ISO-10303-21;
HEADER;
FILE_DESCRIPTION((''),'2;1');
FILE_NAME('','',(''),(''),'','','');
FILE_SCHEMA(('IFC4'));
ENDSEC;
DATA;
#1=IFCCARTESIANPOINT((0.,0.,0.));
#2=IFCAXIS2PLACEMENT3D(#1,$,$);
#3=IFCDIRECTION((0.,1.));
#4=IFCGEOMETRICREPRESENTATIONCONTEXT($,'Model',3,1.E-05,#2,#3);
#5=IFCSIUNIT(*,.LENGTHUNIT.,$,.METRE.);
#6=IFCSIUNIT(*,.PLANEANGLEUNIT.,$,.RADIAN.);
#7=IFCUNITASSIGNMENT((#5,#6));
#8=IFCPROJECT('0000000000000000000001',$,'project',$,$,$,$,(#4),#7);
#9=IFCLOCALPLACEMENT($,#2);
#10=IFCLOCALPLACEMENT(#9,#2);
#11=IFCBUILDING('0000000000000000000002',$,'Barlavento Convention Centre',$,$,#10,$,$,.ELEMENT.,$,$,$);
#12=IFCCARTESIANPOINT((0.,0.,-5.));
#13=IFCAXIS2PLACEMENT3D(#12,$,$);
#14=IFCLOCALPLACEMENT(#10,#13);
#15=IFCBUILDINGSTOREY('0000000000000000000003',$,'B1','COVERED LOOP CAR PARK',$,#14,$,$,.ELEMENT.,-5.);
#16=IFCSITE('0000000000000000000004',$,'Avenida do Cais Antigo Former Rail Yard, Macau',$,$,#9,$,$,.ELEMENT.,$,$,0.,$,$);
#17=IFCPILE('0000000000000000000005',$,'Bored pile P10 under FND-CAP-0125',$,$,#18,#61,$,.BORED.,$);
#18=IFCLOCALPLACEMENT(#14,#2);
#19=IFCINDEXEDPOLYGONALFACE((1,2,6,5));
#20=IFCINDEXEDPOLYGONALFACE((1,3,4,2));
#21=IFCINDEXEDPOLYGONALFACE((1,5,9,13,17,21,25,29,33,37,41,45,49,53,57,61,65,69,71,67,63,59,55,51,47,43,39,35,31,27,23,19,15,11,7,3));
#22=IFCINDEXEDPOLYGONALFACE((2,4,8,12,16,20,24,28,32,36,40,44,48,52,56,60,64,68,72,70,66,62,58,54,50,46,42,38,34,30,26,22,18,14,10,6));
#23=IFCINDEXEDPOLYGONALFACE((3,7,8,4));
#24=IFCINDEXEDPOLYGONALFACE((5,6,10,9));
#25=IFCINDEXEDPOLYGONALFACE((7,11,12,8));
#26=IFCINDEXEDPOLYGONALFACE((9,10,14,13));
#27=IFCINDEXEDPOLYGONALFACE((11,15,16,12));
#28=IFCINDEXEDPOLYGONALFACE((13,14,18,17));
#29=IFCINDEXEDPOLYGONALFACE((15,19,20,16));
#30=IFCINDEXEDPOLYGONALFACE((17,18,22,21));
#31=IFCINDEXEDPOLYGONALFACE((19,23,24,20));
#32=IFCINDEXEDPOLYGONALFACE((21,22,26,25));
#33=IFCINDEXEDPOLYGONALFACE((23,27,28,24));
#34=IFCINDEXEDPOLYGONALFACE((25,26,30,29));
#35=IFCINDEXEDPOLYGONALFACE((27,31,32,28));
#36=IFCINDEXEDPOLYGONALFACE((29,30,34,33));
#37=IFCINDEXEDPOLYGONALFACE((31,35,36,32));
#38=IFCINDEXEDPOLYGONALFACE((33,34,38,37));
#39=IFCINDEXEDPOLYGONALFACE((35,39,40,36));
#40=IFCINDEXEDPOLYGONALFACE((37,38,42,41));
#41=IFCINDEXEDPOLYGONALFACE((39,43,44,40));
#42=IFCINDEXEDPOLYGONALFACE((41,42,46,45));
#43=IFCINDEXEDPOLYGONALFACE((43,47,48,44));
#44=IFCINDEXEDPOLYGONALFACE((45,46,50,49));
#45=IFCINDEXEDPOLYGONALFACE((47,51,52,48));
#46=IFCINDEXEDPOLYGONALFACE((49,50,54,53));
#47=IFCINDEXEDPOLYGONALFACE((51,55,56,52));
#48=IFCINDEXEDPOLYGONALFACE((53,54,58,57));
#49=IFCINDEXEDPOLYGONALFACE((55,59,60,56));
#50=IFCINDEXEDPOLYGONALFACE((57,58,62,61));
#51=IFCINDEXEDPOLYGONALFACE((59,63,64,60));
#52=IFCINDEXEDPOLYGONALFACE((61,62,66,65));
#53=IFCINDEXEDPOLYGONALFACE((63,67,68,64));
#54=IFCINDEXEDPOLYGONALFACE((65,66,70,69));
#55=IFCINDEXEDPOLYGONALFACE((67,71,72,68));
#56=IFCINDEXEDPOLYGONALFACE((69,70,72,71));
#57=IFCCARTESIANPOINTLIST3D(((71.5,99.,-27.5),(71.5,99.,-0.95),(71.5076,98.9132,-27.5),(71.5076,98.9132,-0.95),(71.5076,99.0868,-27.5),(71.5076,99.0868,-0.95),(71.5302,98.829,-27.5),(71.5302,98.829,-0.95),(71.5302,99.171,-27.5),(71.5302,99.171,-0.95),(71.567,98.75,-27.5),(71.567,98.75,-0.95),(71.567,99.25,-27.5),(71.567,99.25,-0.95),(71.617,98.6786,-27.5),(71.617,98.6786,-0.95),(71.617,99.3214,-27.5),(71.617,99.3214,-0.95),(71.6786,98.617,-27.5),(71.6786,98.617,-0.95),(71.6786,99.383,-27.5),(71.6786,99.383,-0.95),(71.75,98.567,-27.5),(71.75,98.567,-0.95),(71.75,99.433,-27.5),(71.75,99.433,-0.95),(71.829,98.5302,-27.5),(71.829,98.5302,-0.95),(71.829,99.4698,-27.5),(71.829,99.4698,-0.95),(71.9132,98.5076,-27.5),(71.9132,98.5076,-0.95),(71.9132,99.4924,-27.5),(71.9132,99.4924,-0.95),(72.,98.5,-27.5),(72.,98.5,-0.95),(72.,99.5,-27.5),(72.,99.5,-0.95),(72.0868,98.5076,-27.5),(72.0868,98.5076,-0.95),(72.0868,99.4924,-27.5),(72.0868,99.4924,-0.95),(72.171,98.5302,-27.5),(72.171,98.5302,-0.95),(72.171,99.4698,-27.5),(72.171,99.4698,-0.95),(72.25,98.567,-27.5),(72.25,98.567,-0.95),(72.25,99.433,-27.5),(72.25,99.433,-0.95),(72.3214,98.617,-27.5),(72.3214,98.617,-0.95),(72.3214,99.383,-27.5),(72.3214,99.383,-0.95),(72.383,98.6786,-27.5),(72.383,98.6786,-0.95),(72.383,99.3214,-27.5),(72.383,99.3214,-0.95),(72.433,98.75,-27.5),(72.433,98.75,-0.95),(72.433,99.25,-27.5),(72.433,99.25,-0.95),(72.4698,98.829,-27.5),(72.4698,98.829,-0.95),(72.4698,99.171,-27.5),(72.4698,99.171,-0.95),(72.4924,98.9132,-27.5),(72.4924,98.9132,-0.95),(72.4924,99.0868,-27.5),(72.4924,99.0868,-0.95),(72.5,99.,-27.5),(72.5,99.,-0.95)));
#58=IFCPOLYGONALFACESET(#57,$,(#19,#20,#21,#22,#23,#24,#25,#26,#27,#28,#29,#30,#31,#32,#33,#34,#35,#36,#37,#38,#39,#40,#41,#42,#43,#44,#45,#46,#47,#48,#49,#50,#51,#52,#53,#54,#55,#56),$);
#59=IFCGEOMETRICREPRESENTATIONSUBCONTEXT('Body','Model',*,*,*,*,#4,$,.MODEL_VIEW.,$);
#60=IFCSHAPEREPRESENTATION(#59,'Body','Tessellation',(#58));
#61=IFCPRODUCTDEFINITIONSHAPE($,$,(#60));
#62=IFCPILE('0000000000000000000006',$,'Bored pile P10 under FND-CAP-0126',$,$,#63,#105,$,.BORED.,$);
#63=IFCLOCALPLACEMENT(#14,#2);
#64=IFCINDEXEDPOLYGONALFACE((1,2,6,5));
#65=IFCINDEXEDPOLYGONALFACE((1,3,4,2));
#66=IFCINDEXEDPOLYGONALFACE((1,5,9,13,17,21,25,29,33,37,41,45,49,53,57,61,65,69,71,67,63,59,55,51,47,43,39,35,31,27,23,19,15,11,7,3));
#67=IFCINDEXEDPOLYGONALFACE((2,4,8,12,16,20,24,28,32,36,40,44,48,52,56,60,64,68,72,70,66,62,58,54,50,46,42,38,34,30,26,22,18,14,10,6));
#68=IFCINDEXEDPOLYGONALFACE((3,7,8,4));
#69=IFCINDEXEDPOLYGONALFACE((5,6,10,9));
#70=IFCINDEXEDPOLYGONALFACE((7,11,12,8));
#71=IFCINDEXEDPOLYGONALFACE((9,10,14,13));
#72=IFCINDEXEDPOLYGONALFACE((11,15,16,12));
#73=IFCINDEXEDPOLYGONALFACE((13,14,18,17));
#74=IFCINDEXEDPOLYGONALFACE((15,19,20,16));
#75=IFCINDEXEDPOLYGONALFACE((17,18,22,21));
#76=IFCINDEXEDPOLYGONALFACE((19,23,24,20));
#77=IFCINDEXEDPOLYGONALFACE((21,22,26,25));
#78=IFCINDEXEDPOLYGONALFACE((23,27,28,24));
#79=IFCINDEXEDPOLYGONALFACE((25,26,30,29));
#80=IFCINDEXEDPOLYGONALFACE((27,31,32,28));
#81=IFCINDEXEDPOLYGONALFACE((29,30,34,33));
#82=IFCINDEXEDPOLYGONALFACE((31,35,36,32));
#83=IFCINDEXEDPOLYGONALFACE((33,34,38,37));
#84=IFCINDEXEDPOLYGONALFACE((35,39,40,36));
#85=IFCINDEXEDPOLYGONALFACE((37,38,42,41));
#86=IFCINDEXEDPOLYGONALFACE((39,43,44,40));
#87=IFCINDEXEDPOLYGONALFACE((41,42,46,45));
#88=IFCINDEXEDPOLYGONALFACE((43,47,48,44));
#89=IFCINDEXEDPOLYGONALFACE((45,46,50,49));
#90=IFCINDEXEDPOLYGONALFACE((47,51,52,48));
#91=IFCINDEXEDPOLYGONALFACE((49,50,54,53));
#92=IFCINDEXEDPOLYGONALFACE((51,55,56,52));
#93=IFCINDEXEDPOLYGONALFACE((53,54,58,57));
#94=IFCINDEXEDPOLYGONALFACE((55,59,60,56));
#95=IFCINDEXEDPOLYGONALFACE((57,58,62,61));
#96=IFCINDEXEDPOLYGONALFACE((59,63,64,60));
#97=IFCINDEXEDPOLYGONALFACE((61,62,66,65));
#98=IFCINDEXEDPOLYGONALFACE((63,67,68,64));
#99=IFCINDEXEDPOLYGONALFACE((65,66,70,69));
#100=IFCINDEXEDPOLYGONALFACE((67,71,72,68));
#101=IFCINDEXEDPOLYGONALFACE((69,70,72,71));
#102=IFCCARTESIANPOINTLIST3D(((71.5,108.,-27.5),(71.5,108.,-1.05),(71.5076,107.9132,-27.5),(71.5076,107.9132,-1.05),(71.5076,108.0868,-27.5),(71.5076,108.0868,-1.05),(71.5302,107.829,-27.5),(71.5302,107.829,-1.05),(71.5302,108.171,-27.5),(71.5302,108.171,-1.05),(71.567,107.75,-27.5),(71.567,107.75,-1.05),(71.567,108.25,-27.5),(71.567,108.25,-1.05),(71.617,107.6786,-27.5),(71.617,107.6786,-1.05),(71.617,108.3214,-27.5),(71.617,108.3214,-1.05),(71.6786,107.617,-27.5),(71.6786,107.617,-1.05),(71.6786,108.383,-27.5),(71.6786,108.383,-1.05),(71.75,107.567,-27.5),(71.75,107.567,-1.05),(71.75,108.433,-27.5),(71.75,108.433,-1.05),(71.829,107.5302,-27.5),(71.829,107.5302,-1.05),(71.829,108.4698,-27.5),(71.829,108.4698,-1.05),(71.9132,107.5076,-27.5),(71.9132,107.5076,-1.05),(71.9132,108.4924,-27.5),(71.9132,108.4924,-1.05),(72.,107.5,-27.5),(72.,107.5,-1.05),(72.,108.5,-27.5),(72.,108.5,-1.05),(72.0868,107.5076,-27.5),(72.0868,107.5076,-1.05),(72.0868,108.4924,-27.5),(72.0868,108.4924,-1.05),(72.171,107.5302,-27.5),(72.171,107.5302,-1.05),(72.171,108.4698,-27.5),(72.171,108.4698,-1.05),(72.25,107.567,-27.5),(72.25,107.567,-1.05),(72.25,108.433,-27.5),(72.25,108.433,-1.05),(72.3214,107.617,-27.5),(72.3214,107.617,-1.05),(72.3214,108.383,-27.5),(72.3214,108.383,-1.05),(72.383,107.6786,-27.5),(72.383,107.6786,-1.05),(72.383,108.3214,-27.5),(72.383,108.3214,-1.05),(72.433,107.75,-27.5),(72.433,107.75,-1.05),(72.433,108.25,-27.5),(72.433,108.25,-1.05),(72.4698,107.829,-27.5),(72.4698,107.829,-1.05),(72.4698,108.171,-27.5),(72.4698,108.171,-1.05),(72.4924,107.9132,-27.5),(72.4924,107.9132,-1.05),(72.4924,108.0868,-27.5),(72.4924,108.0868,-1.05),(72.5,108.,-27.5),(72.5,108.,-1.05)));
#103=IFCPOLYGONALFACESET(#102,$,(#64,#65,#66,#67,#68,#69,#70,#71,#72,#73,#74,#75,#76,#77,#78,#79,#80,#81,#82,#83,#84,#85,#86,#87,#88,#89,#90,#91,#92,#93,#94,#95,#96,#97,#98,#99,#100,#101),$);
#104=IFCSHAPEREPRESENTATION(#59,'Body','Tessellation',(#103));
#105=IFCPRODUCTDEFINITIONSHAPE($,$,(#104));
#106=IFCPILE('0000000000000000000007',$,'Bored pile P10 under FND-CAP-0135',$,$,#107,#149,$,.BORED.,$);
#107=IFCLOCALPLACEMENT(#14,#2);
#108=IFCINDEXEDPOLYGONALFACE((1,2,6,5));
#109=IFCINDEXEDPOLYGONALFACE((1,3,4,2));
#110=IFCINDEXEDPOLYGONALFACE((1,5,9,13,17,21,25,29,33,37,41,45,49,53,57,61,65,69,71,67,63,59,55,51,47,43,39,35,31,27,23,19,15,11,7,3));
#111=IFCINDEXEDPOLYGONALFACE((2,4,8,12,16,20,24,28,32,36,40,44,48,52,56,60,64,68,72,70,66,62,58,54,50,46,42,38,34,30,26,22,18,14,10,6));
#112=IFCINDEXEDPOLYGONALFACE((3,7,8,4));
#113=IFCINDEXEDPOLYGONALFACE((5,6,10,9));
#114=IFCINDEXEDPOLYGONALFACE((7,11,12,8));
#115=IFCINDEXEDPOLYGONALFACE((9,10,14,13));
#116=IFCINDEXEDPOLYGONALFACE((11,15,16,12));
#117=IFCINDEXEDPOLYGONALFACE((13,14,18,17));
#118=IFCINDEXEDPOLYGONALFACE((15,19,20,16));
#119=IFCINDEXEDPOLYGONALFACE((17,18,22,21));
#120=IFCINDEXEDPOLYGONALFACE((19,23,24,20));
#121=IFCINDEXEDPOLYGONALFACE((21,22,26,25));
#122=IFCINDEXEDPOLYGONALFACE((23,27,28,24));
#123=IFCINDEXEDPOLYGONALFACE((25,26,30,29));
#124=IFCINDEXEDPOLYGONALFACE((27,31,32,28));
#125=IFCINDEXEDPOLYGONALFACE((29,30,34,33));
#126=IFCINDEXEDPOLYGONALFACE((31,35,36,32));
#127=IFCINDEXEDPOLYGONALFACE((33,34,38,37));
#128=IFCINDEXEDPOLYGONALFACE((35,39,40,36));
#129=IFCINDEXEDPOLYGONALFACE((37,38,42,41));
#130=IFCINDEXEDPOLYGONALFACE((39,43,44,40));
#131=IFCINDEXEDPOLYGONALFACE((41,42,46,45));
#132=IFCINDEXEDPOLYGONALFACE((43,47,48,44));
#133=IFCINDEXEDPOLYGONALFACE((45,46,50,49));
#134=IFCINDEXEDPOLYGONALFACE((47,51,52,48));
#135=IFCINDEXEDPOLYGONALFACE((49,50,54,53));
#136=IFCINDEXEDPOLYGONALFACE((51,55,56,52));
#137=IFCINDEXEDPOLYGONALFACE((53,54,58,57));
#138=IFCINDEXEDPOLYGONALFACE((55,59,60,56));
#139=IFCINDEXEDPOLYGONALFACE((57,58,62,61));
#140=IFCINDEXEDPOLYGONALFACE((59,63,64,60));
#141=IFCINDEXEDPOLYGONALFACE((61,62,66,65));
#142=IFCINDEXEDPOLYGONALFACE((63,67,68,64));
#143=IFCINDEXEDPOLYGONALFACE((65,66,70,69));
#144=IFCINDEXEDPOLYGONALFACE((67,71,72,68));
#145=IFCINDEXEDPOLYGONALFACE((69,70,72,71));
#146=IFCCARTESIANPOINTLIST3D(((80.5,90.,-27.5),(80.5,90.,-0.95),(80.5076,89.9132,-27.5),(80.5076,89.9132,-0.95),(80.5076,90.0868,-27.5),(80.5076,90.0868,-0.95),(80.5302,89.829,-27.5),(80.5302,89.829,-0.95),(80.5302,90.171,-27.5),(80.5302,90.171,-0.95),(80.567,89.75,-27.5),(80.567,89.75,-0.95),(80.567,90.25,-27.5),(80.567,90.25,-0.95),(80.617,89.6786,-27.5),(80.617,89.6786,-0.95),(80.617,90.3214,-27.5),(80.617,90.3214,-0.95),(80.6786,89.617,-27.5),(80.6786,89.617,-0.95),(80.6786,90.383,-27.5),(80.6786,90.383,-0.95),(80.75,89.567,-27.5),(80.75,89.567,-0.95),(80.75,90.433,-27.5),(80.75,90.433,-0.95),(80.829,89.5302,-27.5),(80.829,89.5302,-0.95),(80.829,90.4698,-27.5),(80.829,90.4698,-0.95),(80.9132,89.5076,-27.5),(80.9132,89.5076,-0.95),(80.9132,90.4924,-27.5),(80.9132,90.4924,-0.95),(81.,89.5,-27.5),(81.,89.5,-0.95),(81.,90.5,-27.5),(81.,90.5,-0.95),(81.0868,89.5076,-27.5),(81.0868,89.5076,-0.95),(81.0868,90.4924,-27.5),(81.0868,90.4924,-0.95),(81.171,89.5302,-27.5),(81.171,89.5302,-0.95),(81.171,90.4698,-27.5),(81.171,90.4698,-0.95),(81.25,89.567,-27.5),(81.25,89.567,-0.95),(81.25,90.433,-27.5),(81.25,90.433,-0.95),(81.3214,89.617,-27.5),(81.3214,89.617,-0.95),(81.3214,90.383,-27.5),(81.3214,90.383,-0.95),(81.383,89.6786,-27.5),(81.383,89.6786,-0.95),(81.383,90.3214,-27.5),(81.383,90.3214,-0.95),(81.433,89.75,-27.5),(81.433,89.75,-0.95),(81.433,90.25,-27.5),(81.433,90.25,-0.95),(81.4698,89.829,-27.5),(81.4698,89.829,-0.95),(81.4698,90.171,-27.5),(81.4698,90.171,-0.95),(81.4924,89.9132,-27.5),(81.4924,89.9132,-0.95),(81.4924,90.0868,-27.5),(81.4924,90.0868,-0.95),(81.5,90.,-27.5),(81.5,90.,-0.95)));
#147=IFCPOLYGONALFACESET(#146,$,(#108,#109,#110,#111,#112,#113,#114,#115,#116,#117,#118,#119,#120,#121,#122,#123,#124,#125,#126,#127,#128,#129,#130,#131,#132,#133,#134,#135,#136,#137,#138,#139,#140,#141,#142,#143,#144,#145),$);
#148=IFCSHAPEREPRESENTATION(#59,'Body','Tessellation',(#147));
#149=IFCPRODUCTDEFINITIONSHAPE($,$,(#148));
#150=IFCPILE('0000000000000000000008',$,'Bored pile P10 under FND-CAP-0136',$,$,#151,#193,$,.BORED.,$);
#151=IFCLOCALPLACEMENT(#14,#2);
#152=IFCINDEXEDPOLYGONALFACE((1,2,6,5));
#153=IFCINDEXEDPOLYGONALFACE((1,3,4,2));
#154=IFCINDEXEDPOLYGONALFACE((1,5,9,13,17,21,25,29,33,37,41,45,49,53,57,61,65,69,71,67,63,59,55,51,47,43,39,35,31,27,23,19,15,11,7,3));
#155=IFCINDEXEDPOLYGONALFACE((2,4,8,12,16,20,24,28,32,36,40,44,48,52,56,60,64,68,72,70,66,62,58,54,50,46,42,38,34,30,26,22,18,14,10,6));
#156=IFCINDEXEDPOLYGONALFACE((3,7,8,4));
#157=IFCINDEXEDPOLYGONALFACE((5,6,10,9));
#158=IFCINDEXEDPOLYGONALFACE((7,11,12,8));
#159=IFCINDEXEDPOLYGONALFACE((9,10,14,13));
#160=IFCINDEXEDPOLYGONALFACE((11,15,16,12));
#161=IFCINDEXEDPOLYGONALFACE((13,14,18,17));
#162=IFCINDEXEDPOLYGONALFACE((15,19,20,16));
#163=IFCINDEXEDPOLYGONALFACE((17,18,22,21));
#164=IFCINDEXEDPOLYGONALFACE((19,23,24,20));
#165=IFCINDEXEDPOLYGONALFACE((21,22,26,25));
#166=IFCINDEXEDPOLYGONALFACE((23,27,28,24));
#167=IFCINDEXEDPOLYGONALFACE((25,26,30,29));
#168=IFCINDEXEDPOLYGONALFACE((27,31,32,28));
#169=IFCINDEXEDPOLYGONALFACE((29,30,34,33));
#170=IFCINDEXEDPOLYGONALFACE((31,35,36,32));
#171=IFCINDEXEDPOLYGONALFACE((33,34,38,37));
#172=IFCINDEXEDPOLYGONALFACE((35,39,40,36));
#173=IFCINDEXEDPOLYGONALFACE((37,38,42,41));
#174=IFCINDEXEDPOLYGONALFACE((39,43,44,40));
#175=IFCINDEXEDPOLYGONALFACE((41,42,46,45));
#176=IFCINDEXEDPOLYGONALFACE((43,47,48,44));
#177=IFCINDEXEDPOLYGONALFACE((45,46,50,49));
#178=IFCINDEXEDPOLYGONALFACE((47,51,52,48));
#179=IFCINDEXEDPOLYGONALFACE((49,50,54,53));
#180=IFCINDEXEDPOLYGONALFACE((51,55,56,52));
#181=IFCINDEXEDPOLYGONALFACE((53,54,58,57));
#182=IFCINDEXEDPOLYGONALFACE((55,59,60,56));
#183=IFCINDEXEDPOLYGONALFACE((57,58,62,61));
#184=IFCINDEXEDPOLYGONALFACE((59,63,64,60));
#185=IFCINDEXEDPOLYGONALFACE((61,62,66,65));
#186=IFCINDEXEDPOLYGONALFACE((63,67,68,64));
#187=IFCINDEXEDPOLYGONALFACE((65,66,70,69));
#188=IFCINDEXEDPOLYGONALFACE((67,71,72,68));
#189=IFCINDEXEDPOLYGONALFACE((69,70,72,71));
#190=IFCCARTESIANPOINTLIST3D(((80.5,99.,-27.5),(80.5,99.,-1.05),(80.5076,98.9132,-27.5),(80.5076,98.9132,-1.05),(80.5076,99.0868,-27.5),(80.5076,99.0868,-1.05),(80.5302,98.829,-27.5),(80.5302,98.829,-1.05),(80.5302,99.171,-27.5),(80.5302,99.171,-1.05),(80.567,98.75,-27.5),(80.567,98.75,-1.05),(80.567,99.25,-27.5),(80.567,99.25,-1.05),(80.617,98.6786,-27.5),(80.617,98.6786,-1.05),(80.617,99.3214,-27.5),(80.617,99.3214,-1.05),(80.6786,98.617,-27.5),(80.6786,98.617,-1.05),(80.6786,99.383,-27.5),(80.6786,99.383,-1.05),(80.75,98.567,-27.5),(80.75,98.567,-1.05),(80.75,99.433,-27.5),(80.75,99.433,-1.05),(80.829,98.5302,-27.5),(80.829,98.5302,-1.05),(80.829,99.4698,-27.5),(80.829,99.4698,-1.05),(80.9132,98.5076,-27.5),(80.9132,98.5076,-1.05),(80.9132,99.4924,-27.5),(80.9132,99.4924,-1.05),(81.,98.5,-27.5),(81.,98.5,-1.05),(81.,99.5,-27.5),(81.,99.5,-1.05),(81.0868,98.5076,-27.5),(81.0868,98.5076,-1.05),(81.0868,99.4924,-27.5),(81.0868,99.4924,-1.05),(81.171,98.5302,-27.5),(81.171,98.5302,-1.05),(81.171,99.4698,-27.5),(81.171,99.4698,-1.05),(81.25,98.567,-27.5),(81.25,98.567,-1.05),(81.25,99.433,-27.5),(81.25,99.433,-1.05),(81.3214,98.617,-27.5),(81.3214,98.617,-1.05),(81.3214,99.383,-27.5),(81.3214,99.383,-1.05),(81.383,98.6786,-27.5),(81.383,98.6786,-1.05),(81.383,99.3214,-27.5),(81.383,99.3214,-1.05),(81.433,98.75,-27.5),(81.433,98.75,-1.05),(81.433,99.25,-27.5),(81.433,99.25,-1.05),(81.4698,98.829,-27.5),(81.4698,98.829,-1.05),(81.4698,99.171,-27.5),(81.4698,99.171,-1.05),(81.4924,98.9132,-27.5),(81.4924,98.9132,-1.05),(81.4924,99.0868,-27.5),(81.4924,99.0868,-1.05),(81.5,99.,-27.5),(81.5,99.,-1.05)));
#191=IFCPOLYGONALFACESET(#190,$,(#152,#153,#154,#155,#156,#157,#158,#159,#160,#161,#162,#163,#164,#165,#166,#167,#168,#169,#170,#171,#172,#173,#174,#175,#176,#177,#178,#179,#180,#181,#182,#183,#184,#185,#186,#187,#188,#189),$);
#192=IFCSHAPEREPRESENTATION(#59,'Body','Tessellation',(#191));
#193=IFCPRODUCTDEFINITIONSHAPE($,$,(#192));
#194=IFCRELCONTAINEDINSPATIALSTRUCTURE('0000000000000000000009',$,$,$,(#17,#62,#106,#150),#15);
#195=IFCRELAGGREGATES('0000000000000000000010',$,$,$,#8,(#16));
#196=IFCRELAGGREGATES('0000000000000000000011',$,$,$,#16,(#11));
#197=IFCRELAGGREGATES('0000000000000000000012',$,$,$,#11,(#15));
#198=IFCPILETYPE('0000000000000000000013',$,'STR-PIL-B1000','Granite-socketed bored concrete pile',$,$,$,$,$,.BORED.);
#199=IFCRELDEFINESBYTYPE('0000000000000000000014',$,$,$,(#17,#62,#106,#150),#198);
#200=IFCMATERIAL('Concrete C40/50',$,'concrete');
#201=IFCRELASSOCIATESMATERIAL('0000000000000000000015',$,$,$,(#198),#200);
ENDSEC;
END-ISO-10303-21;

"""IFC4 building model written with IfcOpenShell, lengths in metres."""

from ifc_helpers import new_model, si_unit, direction, frame, origin, origin_2d, place, context, subcontext, project, spatial, circle, extrude, material, material_profile, profile_set, type_object, element, save


model = new_model("IFC4")

# Units and contexts
model_context = context("Model", 3, precision=1e-05, world=origin(), true_north=direction((0.0, 1.0)))
body_context = subcontext(model_context, "Body", "Model", "MODEL_VIEW")
ifc_project = project(units=[si_unit("LENGTHUNIT", "METRE"), si_unit("PLANEANGLEUNIT", "RADIAN")], contexts=[model_context])

# Site, building, storey
site_placement = place(None, origin())
site = spatial("IfcSite", under=ifc_project, at=site_placement, Name="Avenida do Cais Antigo Former Rail Yard, Macau", CompositionType="ELEMENT", RefElevation=0.0)
building_placement = place(site_placement, origin())
building = spatial("IfcBuilding", under=site, at=building_placement, Name="Barlavento Convention Centre", CompositionType="ELEMENT")
storey_placement = place(building_placement, frame((0.0, 0.0, -5.0)))
storey = spatial("IfcBuildingStorey", under=building, at=storey_placement, Name="B1", Description="COVERED LOOP CAR PARK", CompositionType="ELEMENT", Elevation=-5.0)

# Shared definitions
ifc_material_1 = material(Name="Concrete C40/50", Category="concrete")

# Piles
ifc_material_profile_1 = material_profile(ifc_material_1, circle(Radius=0.5, at=origin_2d()), Name="BORED PILE 1000")
ifc_profile_set_1 = profile_set([ifc_material_profile_1], Name="Concrete C40/50")
pile_type_1 = type_object("IfcPileType", Name="STR-PIL-B1000", Description="Granite-socketed bored concrete pile", PredefinedType="BORED", material=ifc_profile_set_1)
pile_1_placement = place(storey_placement, frame((72.0, 99.0, -0.95), z_axis=(0.0, 0.0, -1.0), x_axis=(1.0, 0.0, 0.0)))
element("IfcPile", 1, at=pile_1_placement, inside=storey, type_object=pile_type_1, Name="Bored pile P10 under FND-CAP-0125", PredefinedType="BORED", context=body_context, shape_type="SweptSolid", body=[
    extrude(circle(Radius=0.5, at=origin_2d()), origin(), (0.0, 0.0, 1.0), 26.55),
])
pile_2_placement = place(storey_placement, frame((72.0, 108.0, -1.05), z_axis=(0.0, 0.0, -1.0), x_axis=(1.0, 0.0, 0.0)))
element("IfcPile", 2, at=pile_2_placement, inside=storey, type_object=pile_type_1, Name="Bored pile P10 under FND-CAP-0126", PredefinedType="BORED", context=body_context, shape_type="SweptSolid", body=[
    extrude(circle(Radius=0.5, at=origin_2d()), origin(), (0.0, 0.0, 1.0), 26.45),
])
pile_3_placement = place(storey_placement, frame((81.0, 90.0, -0.95), z_axis=(0.0, 0.0, -1.0), x_axis=(1.0, 0.0, 0.0)))
element("IfcPile", 3, at=pile_3_placement, inside=storey, type_object=pile_type_1, Name="Bored pile P10 under FND-CAP-0135", PredefinedType="BORED", context=body_context, shape_type="SweptSolid", body=[
    extrude(circle(Radius=0.5, at=origin_2d()), origin(), (0.0, 0.0, 1.0), 26.55),
])
pile_4_placement = place(storey_placement, frame((81.0, 99.0, -1.05), z_axis=(0.0, 0.0, -1.0), x_axis=(1.0, 0.0, 0.0)))
element("IfcPile", 4, at=pile_4_placement, inside=storey, type_object=pile_type_1, Name="Bored pile P10 under FND-CAP-0136", PredefinedType="BORED", context=body_context, shape_type="SweptSolid", body=[
    extrude(circle(Radius=0.5, at=origin_2d()), origin(), (0.0, 0.0, 1.0), 26.45),
])

save(model, "model.ifc")
